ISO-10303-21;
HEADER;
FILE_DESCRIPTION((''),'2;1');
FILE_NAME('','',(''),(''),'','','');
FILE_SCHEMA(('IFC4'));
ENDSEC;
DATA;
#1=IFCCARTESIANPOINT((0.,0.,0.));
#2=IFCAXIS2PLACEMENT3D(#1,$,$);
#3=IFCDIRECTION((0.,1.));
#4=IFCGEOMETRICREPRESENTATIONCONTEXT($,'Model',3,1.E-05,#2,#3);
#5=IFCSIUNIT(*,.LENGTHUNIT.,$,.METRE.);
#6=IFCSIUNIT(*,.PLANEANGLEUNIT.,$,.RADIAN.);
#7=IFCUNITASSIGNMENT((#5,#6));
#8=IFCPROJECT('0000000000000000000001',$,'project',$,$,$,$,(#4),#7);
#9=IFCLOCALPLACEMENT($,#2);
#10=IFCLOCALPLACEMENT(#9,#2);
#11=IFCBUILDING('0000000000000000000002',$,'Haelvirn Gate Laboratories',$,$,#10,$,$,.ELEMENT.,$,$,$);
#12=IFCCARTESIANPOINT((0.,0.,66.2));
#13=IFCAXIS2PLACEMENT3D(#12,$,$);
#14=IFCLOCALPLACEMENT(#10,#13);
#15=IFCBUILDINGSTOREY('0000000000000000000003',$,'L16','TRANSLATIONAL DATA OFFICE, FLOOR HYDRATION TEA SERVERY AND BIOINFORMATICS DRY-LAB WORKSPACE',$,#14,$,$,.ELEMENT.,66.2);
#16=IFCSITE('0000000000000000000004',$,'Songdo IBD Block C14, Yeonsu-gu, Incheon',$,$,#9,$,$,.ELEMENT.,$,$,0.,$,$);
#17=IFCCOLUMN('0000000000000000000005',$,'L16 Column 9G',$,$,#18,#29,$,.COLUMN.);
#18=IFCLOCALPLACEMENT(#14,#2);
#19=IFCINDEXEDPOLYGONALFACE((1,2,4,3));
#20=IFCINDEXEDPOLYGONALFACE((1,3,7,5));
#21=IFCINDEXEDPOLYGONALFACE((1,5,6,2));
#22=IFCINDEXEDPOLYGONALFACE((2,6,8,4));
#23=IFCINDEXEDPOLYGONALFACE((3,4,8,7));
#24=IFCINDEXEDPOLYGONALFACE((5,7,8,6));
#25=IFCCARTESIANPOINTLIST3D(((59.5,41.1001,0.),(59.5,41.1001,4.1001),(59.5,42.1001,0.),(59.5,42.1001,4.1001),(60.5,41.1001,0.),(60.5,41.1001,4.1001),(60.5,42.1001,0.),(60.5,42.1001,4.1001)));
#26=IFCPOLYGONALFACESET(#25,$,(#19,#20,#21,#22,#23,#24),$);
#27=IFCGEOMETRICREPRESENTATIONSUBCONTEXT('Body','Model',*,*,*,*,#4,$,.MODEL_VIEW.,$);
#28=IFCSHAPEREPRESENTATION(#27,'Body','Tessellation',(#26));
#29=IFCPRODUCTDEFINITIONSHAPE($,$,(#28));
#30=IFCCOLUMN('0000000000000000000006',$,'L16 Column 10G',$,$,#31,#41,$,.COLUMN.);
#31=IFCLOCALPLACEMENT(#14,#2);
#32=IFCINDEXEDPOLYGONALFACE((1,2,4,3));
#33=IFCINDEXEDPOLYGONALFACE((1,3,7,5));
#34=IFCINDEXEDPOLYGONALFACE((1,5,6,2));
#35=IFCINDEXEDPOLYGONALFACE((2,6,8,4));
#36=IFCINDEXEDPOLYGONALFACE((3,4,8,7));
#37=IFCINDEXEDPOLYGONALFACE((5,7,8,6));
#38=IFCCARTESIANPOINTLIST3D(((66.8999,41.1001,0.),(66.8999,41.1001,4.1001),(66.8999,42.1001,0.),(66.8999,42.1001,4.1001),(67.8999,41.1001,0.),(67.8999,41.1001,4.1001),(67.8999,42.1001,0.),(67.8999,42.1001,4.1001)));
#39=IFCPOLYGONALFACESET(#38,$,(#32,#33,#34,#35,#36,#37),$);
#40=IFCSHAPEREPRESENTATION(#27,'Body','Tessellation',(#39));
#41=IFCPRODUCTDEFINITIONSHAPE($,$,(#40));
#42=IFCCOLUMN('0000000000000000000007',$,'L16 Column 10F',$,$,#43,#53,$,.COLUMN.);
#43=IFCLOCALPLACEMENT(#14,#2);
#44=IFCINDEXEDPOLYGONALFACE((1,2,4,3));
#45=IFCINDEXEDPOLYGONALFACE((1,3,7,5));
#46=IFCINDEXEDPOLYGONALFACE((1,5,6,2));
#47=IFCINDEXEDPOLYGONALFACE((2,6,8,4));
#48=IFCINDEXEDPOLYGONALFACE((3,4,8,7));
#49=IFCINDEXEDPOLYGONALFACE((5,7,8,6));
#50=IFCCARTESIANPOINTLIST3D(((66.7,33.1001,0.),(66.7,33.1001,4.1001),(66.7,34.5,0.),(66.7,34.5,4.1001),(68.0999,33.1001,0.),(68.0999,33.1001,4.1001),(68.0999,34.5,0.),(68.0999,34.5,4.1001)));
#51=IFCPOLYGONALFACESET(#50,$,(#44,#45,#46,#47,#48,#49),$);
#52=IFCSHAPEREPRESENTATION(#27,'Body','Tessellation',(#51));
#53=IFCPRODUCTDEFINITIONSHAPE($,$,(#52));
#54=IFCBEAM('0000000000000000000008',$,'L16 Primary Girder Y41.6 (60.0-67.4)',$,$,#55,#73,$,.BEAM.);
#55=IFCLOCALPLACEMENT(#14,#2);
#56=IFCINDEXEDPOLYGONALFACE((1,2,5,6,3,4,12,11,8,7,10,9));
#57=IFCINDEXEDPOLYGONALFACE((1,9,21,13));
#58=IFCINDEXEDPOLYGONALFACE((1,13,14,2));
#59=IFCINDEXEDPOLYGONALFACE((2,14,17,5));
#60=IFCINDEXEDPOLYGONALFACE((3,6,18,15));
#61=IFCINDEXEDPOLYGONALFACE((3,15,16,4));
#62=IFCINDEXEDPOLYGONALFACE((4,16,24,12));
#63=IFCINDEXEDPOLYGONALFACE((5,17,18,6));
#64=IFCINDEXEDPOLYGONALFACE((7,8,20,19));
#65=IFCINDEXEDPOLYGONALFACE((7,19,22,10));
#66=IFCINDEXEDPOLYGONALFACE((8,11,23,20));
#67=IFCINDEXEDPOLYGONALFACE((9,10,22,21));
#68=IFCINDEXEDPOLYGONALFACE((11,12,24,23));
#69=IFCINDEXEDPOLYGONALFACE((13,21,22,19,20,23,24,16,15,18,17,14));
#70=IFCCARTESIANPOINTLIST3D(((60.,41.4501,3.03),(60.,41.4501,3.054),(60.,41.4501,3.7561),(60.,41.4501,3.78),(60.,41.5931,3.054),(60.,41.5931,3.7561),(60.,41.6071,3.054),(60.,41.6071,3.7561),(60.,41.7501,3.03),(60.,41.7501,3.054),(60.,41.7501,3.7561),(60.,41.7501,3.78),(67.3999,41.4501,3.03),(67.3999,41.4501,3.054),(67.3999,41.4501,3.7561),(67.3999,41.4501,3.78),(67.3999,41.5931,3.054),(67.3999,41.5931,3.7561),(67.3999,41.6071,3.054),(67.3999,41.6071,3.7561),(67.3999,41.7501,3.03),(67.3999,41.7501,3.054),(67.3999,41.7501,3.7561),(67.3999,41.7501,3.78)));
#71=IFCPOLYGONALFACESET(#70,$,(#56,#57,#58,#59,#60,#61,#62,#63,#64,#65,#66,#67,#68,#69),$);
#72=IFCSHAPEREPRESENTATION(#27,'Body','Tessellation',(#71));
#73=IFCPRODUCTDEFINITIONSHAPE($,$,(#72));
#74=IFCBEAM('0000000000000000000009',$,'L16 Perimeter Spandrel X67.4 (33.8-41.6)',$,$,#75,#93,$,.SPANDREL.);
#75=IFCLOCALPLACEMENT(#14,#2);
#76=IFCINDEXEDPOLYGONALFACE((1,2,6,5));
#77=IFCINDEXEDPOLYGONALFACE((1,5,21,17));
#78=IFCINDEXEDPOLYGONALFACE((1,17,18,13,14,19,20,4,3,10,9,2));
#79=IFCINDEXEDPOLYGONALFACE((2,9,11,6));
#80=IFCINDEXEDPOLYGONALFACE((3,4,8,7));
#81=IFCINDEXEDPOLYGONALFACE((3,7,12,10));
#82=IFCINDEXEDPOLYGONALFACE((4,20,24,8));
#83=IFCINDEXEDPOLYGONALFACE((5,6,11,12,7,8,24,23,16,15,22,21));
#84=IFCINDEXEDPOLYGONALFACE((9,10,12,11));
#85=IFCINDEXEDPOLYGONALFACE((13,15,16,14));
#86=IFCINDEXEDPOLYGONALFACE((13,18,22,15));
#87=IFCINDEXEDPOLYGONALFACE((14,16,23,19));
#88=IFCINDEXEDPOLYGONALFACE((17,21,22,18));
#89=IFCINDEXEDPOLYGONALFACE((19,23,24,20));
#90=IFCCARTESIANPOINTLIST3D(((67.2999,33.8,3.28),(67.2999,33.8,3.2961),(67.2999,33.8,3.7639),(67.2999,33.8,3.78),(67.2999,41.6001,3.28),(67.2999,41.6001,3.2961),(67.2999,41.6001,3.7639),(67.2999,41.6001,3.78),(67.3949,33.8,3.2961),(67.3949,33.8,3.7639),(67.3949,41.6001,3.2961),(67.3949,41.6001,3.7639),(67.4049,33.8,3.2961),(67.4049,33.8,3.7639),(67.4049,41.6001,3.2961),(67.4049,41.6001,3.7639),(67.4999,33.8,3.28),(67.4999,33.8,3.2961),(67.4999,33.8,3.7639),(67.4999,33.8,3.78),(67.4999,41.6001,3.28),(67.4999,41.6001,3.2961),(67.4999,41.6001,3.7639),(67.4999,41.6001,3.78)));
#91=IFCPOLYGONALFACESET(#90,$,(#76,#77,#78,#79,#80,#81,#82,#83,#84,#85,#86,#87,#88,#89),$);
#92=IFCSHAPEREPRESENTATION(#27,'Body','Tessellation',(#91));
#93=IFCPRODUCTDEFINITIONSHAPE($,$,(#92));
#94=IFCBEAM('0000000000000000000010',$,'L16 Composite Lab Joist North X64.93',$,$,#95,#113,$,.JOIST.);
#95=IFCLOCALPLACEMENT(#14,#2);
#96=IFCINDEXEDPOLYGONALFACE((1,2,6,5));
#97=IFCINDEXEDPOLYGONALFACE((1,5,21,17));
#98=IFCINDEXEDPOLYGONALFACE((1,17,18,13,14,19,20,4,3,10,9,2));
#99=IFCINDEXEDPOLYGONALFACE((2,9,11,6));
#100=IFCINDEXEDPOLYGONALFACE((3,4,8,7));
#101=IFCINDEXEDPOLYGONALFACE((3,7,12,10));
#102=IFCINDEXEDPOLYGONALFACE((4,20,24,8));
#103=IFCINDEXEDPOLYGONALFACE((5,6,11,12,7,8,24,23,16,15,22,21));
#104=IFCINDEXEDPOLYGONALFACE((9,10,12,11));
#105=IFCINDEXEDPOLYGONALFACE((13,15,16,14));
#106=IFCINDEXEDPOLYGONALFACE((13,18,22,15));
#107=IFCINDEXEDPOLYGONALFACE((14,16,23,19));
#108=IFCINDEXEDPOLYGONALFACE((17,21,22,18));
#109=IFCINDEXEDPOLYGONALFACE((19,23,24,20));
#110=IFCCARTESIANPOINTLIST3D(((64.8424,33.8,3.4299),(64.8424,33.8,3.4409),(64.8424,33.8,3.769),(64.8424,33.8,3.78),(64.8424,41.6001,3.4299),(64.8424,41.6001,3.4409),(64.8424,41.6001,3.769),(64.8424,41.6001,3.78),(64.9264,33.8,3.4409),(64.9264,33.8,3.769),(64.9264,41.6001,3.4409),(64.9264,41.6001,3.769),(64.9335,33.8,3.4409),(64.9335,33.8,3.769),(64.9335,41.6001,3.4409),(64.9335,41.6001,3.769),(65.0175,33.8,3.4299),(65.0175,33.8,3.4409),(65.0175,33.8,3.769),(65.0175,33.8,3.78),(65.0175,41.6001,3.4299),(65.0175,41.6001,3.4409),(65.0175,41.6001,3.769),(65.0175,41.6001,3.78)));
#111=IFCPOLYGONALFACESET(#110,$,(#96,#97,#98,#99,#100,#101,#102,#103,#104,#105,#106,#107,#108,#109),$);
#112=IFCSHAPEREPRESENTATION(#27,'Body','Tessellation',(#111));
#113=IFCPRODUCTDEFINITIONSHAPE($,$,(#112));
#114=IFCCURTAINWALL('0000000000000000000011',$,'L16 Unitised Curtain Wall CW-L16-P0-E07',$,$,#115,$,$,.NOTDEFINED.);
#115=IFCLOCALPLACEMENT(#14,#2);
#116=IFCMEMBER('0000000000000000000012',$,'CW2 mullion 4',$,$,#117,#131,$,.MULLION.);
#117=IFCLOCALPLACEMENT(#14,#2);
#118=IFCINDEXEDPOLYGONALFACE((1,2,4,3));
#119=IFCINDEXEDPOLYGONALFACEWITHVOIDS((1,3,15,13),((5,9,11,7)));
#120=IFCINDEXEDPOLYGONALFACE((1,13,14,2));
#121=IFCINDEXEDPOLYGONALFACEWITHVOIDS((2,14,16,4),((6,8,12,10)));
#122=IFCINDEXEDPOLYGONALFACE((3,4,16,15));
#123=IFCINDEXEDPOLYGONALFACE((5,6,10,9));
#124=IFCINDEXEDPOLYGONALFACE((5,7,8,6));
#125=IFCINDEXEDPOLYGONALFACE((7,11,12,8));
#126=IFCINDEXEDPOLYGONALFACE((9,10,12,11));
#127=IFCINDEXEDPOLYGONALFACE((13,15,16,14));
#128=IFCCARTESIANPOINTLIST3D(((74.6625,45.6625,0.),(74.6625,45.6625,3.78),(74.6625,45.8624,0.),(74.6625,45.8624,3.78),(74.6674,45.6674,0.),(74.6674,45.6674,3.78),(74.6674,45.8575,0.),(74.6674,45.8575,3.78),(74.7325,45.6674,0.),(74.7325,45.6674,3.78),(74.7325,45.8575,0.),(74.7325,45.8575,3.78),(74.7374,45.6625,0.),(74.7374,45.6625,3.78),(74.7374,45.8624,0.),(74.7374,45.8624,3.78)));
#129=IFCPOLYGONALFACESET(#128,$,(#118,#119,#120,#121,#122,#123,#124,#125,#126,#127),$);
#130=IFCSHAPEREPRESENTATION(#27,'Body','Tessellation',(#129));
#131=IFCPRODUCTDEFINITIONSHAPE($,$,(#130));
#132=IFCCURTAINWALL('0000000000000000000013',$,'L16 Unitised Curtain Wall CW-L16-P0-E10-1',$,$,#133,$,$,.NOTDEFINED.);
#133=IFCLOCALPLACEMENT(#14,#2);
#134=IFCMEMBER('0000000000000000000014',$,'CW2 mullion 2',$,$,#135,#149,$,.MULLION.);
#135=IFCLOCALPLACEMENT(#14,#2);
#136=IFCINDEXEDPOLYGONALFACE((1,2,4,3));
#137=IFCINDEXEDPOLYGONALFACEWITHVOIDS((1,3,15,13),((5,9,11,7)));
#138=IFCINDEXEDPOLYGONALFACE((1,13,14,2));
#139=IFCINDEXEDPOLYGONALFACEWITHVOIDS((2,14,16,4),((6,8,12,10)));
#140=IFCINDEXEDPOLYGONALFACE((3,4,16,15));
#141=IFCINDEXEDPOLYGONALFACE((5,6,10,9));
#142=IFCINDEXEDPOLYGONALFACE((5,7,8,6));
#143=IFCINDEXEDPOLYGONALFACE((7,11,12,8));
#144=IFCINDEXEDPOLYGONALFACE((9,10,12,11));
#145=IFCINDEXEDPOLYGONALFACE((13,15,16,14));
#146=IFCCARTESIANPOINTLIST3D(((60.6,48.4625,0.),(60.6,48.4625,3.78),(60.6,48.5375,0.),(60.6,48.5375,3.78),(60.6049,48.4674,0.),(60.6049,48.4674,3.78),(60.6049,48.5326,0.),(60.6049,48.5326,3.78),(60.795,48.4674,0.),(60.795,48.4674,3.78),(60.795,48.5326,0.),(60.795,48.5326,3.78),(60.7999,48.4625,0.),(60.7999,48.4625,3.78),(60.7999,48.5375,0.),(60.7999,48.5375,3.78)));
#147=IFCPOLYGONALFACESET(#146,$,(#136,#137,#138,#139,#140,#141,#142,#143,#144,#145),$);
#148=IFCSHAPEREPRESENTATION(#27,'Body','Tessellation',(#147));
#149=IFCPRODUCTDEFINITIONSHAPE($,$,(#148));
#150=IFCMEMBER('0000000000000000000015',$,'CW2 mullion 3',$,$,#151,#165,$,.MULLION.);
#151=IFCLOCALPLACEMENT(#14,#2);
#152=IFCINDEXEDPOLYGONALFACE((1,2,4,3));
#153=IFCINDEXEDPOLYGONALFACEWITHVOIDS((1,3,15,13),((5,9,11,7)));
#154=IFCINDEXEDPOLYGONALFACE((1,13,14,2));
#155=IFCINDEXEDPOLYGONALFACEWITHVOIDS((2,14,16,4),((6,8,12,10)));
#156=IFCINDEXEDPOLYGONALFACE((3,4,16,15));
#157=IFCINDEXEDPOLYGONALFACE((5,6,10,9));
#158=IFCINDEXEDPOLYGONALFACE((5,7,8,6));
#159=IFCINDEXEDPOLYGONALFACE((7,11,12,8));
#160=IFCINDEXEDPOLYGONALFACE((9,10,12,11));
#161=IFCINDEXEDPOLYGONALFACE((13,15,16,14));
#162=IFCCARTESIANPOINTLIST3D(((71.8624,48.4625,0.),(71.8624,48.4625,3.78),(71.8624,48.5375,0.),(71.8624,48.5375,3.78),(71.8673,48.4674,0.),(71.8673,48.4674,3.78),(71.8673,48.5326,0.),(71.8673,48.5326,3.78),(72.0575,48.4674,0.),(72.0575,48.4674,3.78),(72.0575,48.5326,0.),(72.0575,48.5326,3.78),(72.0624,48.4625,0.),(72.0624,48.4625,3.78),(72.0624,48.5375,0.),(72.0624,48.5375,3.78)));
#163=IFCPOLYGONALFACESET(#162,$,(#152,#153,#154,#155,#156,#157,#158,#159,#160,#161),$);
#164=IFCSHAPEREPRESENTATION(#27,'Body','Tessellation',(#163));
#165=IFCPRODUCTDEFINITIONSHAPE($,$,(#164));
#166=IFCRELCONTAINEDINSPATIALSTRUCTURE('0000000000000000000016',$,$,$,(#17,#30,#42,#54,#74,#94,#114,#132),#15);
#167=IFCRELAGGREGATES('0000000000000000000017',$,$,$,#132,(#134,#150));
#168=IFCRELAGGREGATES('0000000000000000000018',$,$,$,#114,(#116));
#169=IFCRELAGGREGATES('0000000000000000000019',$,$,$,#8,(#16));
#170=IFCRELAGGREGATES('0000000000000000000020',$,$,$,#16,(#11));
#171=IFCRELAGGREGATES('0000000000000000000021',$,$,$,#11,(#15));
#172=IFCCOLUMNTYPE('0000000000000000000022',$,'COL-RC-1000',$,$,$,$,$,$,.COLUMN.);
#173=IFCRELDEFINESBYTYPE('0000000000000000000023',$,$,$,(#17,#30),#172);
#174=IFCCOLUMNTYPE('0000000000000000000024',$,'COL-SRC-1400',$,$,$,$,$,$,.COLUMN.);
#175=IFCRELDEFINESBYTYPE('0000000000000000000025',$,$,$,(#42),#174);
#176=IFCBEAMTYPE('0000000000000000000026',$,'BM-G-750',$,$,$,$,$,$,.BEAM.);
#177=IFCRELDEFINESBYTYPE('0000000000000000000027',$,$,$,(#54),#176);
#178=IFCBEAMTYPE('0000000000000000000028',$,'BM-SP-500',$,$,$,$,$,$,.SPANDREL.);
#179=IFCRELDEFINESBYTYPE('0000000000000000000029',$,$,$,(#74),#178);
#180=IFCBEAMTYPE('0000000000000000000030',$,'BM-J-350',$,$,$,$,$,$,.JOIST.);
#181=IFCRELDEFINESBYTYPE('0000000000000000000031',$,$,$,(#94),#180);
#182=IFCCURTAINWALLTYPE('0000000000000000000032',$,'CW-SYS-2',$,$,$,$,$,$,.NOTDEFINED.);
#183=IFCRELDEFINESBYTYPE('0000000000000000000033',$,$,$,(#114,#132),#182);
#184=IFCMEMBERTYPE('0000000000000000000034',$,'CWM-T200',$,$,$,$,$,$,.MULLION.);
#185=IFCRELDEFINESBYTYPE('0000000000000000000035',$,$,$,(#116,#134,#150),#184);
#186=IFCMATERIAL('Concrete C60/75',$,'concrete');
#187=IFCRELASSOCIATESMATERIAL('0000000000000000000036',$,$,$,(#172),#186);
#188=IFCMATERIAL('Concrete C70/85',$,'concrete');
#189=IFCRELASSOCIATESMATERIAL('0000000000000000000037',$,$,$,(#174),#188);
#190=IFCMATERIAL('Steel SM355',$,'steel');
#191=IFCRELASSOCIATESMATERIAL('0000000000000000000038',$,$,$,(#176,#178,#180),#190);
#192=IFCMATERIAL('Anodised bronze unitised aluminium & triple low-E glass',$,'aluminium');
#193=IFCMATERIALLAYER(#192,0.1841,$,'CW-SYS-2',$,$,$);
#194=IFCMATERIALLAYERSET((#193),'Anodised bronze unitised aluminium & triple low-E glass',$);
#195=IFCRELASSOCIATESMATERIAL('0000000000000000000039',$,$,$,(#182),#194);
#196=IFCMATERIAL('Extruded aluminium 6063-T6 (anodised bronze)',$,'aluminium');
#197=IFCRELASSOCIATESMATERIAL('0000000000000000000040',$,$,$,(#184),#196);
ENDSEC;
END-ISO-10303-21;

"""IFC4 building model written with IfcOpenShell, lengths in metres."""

from ifc_helpers import new_model, si_unit, direction, frame, origin, origin_2d, place, context, subcontext, project, spatial, rectangle, hollow_rectangle, i_section, extrude, source, transform, mapped, material, layer, layer_set, material_profile, profile_set, type_object, type_shapes, element, aggregate, save


model = new_model("IFC4")

# Units and contexts
model_context = context("Model", 3, precision=1e-05, world=origin(), true_north=direction((0.0, 1.0)))
body_context = subcontext(model_context, "Body", "Model", "MODEL_VIEW")
ifc_project = project(units=[si_unit("LENGTHUNIT", "METRE"), si_unit("PLANEANGLEUNIT", "RADIAN")], contexts=[model_context])

# Site, building, storey
site_placement = place(None, origin())
site = spatial("IfcSite", under=ifc_project, at=site_placement, Name="Songdo IBD Block C14, Yeonsu-gu, Incheon", CompositionType="ELEMENT", RefElevation=0.0)
building_placement = place(site_placement, origin())
building = spatial("IfcBuilding", under=site, at=building_placement, Name="Haelvirn Gate Laboratories", CompositionType="ELEMENT")
storey_placement = place(building_placement, frame((0.0, 0.0, 66.2)))
storey = spatial("IfcBuildingStorey", under=building, at=storey_placement, Name="L16", Description="TRANSLATIONAL DATA OFFICE, FLOOR HYDRATION TEA SERVERY AND BIOINFORMATICS DRY-LAB WORKSPACE", CompositionType="ELEMENT", Elevation=66.2)

# Columns
ifc_material_1 = material(Name="Concrete C60/75", Category="concrete")
ifc_material_profile_1 = material_profile(ifc_material_1, rectangle(XDim=1.0, YDim=1.0, at=origin_2d()), Name="RC-1000x1000")
ifc_profile_set_1 = profile_set([ifc_material_profile_1], Name="Concrete C60/75")
column_type_1 = type_object("IfcColumnType", Name="COL-RC-1000", PredefinedType="COLUMN", material=ifc_profile_set_1)
shared_shape_1 = source(origin(), body_context, "Body", "SweptSolid", [
    extrude(rectangle(XDim=1.0, YDim=1.0, at=origin_2d()), origin(), (0.0, 0.0, 1.0), 4.1001),
])
type_shapes(column_type_1, [shared_shape_1])
for number, where, z_axis, x_axis, name in (
    (1, (60.0, 41.6001, 0.0), (0.0, 0.0, 1.0), (1.0, 0.0, 0.0), "L16 Column 9G"),
    (2, (67.3999, 41.6001, 0.0), (0.0, 0.0, 1.0), (1.0, 0.0, 0.0), "L16 Column 10G"),
):
    element("IfcColumn", number, at=place(storey_placement, frame(where, z_axis=z_axis, x_axis=x_axis)), inside=storey, type_object=column_type_1, Name=name, PredefinedType="COLUMN", context=body_context, shape_type="MappedRepresentation", body=[
        mapped(shared_shape_1, transform((0.0, 0.0, 0.0), scale=1.0)),
    ])
ifc_material_2 = material(Name="Concrete C70/85", Category="concrete")
ifc_material_profile_2 = material_profile(ifc_material_2, rectangle(XDim=1.3999, YDim=1.3999, at=origin_2d()), Name="SRC-1400x1400")
ifc_profile_set_2 = profile_set([ifc_material_profile_2], Name="Concrete C70/85")
column_type_2 = type_object("IfcColumnType", Name="COL-SRC-1400", PredefinedType="COLUMN", material=ifc_profile_set_2)
shared_shape_2 = source(origin(), body_context, "Body", "SweptSolid", [
    extrude(rectangle(XDim=1.3999, YDim=1.3999, at=origin_2d()), origin(), (0.0, 0.0, 1.0), 4.1001),
])
type_shapes(column_type_2, [shared_shape_2])
column_placement = place(storey_placement, frame((67.3999, 33.8, 0.0), z_axis=(0.0, 0.0, 1.0), x_axis=(1.0, 0.0, 0.0)))
element("IfcColumn", 3, at=column_placement, inside=storey, type_object=column_type_2, Name="L16 Column 10F", PredefinedType="COLUMN", context=body_context, shape_type="MappedRepresentation", body=[
    mapped(shared_shape_2, transform((0.0, 0.0, 0.0), scale=1.0)),
])

# Beams
ifc_material_3 = material(Name="Steel SM355", Category="steel")
ifc_material_profile_3 = material_profile(ifc_material_3, i_section(OverallWidth=0.3, OverallDepth=0.75, WebThickness=0.0139, FlangeThickness=0.0239, at=origin_2d()), Name="H-750x300x14x24")
ifc_profile_set_3 = profile_set([ifc_material_profile_3], Name="Steel SM355")
beam_type_1 = type_object("IfcBeamType", Name="BM-G-750", PredefinedType="BEAM", material=ifc_profile_set_3)
shared_shape_3 = source(origin(), body_context, "Body", "SweptSolid", [
    extrude(i_section(OverallWidth=0.3, OverallDepth=0.75, WebThickness=0.0139, FlangeThickness=0.0239, at=origin_2d()), origin(), (0.0, 0.0, 1.0), 7.3999),
])
type_shapes(beam_type_1, [shared_shape_3])
beam_1_placement = place(storey_placement, frame((60.0, 41.6001, 3.405), z_axis=(1.0, 0.0, 0.0), x_axis=(0.0, 1.0, 0.0)))
element("IfcBeam", 4, at=beam_1_placement, inside=storey, type_object=beam_type_1, Name="L16 Primary Girder Y41.6 (60.0-67.4)", PredefinedType="BEAM", context=body_context, shape_type="MappedRepresentation", body=[
    mapped(shared_shape_3, transform((0.0, 0.0, 0.0), scale=1.0)),
])
ifc_material_profile_4 = material_profile(ifc_material_3, i_section(OverallWidth=0.2, OverallDepth=0.5, WebThickness=0.01, FlangeThickness=0.0161, at=origin_2d()), Name="H-500x200x10x16")
ifc_profile_set_4 = profile_set([ifc_material_profile_4], Name="Steel SM355")
beam_type_2 = type_object("IfcBeamType", Name="BM-SP-500", PredefinedType="SPANDREL", material=ifc_profile_set_4)
shared_shape_4 = source(origin(), body_context, "Body", "SweptSolid", [
    extrude(i_section(OverallWidth=0.2, OverallDepth=0.5, WebThickness=0.01, FlangeThickness=0.0161, at=origin_2d()), origin(), (0.0, 0.0, 1.0), 7.8),
])
type_shapes(beam_type_2, [shared_shape_4])
beam_2_placement = place(storey_placement, frame((67.3999, 33.8, 3.53), z_axis=(0.0, 1.0, 0.0), x_axis=(-1.0, 0.0, 0.0)))
element("IfcBeam", 5, at=beam_2_placement, inside=storey, type_object=beam_type_2, Name="L16 Perimeter Spandrel X67.4 (33.8-41.6)", PredefinedType="SPANDREL", context=body_context, shape_type="MappedRepresentation", body=[
    mapped(shared_shape_4, transform((0.0, 0.0, 0.0), scale=1.0)),
])
ifc_material_profile_5 = material_profile(ifc_material_3, i_section(OverallWidth=0.175, OverallDepth=0.3501, WebThickness=0.0071, FlangeThickness=0.011, at=origin_2d()), Name="H-350x175x7x11")
ifc_profile_set_5 = profile_set([ifc_material_profile_5], Name="Steel SM355")
beam_type_3 = type_object("IfcBeamType", Name="BM-J-350", PredefinedType="JOIST", material=ifc_profile_set_5)
shared_shape_5 = source(origin(), body_context, "Body", "SweptSolid", [
    extrude(i_section(OverallWidth=0.175, OverallDepth=0.3501, WebThickness=0.0071, FlangeThickness=0.011, at=origin_2d()), origin(), (0.0, 0.0, 1.0), 7.8),
])
type_shapes(beam_type_3, [shared_shape_5])
beam_3_placement = place(storey_placement, frame((64.9299, 33.8, 3.605), z_axis=(0.0, 1.0, 0.0), x_axis=(-1.0, 0.0, 0.0)))
element("IfcBeam", 6, at=beam_3_placement, inside=storey, type_object=beam_type_3, Name="L16 Composite Lab Joist North X64.93", PredefinedType="JOIST", context=body_context, shape_type="MappedRepresentation", body=[
    mapped(shared_shape_5, transform((0.0, 0.0, 0.0), scale=1.0)),
])

# Curtain wall, member
ifc_material_4 = material(Name="Anodised bronze unitised aluminium & triple low-E glass", Category="aluminium")
ifc_layer_1 = layer(ifc_material_4, 0.1841, Name="CW-SYS-2")
ifc_layer_set_1 = layer_set([ifc_layer_1], Name="Anodised bronze unitised aluminium & triple low-E glass")
curtain_wall_type_1 = type_object("IfcCurtainWallType", Name="CW-SYS-2", PredefinedType="NOTDEFINED", material=ifc_layer_set_1)
curtain_wall_1_placement = place(storey_placement, origin())
curtain_wall_1 = element("IfcCurtainWall", 7, at=curtain_wall_1_placement, inside=storey, type_object=curtain_wall_type_1, Name="L16 Unitised Curtain Wall CW-L16-P0-E07", PredefinedType="NOTDEFINED")
ifc_material_5 = material(Name="Extruded aluminium 6063-T6 (anodised bronze)", Category="aluminium")
ifc_material_profile_6 = material_profile(ifc_material_5, hollow_rectangle(XDim=0.075, YDim=0.2, WallThickness=0.0049, at=origin_2d()), Name="CWM-200x75x5")
ifc_profile_set_6 = profile_set([ifc_material_profile_6], Name="Extruded aluminium 6063-T6 (anodised bronze)")
member_type_1 = type_object("IfcMemberType", Name="CWM-T200", PredefinedType="MULLION", material=ifc_profile_set_6)
shared_shape_6 = source(origin(), body_context, "Body", "SweptSolid", [
    extrude(hollow_rectangle(XDim=0.075, YDim=0.2, WallThickness=0.0049, at=origin_2d()), origin(), (0.0, 0.0, 1.0), 3.78),
])
type_shapes(member_type_1, [shared_shape_6])
member_1_placement = place(storey_placement, frame((74.7, 45.7625, 0.0), z_axis=(0.0, 0.0, 1.0), x_axis=(-1.0, 0.0, 0.0)))
member_1 = element("IfcMember", 8, at=member_1_placement, type_object=member_type_1, Name="CW2 mullion 4", PredefinedType="MULLION", context=body_context, shape_type="MappedRepresentation", body=[
    mapped(shared_shape_6, transform((0.0, 0.0, 0.0), scale=1.0)),
])

# Curtain wall, members
curtain_wall_2_placement = place(storey_placement, origin())
curtain_wall_2 = element("IfcCurtainWall", 9, at=curtain_wall_2_placement, inside=storey, type_object=curtain_wall_type_1, Name="L16 Unitised Curtain Wall CW-L16-P0-E10-1", PredefinedType="NOTDEFINED")
member_2_placement = place(storey_placement, frame((60.7, 48.5, 0.0), z_axis=(0.0, 0.0, 1.0), x_axis=(0.0, 1.0, 0.0)))
member_2 = element("IfcMember", 10, at=member_2_placement, type_object=member_type_1, Name="CW2 mullion 2", PredefinedType="MULLION", context=body_context, shape_type="MappedRepresentation", body=[
    mapped(shared_shape_6, transform((0.0, 0.0, 0.0), scale=1.0)),
])
member_3_placement = place(storey_placement, frame((71.9624, 48.5, 0.0), z_axis=(0.0, 0.0, 1.0), x_axis=(0.0, 1.0, 0.0)))
member_3 = element("IfcMember", 11, at=member_3_placement, type_object=member_type_1, Name="CW2 mullion 3", PredefinedType="MULLION", context=body_context, shape_type="MappedRepresentation", body=[
    mapped(shared_shape_6, transform((0.0, 0.0, 0.0), scale=1.0)),
])

aggregate(curtain_wall_2, [member_2, member_3])
aggregate(curtain_wall_1, [member_1])

save(model, "model.ifc")
